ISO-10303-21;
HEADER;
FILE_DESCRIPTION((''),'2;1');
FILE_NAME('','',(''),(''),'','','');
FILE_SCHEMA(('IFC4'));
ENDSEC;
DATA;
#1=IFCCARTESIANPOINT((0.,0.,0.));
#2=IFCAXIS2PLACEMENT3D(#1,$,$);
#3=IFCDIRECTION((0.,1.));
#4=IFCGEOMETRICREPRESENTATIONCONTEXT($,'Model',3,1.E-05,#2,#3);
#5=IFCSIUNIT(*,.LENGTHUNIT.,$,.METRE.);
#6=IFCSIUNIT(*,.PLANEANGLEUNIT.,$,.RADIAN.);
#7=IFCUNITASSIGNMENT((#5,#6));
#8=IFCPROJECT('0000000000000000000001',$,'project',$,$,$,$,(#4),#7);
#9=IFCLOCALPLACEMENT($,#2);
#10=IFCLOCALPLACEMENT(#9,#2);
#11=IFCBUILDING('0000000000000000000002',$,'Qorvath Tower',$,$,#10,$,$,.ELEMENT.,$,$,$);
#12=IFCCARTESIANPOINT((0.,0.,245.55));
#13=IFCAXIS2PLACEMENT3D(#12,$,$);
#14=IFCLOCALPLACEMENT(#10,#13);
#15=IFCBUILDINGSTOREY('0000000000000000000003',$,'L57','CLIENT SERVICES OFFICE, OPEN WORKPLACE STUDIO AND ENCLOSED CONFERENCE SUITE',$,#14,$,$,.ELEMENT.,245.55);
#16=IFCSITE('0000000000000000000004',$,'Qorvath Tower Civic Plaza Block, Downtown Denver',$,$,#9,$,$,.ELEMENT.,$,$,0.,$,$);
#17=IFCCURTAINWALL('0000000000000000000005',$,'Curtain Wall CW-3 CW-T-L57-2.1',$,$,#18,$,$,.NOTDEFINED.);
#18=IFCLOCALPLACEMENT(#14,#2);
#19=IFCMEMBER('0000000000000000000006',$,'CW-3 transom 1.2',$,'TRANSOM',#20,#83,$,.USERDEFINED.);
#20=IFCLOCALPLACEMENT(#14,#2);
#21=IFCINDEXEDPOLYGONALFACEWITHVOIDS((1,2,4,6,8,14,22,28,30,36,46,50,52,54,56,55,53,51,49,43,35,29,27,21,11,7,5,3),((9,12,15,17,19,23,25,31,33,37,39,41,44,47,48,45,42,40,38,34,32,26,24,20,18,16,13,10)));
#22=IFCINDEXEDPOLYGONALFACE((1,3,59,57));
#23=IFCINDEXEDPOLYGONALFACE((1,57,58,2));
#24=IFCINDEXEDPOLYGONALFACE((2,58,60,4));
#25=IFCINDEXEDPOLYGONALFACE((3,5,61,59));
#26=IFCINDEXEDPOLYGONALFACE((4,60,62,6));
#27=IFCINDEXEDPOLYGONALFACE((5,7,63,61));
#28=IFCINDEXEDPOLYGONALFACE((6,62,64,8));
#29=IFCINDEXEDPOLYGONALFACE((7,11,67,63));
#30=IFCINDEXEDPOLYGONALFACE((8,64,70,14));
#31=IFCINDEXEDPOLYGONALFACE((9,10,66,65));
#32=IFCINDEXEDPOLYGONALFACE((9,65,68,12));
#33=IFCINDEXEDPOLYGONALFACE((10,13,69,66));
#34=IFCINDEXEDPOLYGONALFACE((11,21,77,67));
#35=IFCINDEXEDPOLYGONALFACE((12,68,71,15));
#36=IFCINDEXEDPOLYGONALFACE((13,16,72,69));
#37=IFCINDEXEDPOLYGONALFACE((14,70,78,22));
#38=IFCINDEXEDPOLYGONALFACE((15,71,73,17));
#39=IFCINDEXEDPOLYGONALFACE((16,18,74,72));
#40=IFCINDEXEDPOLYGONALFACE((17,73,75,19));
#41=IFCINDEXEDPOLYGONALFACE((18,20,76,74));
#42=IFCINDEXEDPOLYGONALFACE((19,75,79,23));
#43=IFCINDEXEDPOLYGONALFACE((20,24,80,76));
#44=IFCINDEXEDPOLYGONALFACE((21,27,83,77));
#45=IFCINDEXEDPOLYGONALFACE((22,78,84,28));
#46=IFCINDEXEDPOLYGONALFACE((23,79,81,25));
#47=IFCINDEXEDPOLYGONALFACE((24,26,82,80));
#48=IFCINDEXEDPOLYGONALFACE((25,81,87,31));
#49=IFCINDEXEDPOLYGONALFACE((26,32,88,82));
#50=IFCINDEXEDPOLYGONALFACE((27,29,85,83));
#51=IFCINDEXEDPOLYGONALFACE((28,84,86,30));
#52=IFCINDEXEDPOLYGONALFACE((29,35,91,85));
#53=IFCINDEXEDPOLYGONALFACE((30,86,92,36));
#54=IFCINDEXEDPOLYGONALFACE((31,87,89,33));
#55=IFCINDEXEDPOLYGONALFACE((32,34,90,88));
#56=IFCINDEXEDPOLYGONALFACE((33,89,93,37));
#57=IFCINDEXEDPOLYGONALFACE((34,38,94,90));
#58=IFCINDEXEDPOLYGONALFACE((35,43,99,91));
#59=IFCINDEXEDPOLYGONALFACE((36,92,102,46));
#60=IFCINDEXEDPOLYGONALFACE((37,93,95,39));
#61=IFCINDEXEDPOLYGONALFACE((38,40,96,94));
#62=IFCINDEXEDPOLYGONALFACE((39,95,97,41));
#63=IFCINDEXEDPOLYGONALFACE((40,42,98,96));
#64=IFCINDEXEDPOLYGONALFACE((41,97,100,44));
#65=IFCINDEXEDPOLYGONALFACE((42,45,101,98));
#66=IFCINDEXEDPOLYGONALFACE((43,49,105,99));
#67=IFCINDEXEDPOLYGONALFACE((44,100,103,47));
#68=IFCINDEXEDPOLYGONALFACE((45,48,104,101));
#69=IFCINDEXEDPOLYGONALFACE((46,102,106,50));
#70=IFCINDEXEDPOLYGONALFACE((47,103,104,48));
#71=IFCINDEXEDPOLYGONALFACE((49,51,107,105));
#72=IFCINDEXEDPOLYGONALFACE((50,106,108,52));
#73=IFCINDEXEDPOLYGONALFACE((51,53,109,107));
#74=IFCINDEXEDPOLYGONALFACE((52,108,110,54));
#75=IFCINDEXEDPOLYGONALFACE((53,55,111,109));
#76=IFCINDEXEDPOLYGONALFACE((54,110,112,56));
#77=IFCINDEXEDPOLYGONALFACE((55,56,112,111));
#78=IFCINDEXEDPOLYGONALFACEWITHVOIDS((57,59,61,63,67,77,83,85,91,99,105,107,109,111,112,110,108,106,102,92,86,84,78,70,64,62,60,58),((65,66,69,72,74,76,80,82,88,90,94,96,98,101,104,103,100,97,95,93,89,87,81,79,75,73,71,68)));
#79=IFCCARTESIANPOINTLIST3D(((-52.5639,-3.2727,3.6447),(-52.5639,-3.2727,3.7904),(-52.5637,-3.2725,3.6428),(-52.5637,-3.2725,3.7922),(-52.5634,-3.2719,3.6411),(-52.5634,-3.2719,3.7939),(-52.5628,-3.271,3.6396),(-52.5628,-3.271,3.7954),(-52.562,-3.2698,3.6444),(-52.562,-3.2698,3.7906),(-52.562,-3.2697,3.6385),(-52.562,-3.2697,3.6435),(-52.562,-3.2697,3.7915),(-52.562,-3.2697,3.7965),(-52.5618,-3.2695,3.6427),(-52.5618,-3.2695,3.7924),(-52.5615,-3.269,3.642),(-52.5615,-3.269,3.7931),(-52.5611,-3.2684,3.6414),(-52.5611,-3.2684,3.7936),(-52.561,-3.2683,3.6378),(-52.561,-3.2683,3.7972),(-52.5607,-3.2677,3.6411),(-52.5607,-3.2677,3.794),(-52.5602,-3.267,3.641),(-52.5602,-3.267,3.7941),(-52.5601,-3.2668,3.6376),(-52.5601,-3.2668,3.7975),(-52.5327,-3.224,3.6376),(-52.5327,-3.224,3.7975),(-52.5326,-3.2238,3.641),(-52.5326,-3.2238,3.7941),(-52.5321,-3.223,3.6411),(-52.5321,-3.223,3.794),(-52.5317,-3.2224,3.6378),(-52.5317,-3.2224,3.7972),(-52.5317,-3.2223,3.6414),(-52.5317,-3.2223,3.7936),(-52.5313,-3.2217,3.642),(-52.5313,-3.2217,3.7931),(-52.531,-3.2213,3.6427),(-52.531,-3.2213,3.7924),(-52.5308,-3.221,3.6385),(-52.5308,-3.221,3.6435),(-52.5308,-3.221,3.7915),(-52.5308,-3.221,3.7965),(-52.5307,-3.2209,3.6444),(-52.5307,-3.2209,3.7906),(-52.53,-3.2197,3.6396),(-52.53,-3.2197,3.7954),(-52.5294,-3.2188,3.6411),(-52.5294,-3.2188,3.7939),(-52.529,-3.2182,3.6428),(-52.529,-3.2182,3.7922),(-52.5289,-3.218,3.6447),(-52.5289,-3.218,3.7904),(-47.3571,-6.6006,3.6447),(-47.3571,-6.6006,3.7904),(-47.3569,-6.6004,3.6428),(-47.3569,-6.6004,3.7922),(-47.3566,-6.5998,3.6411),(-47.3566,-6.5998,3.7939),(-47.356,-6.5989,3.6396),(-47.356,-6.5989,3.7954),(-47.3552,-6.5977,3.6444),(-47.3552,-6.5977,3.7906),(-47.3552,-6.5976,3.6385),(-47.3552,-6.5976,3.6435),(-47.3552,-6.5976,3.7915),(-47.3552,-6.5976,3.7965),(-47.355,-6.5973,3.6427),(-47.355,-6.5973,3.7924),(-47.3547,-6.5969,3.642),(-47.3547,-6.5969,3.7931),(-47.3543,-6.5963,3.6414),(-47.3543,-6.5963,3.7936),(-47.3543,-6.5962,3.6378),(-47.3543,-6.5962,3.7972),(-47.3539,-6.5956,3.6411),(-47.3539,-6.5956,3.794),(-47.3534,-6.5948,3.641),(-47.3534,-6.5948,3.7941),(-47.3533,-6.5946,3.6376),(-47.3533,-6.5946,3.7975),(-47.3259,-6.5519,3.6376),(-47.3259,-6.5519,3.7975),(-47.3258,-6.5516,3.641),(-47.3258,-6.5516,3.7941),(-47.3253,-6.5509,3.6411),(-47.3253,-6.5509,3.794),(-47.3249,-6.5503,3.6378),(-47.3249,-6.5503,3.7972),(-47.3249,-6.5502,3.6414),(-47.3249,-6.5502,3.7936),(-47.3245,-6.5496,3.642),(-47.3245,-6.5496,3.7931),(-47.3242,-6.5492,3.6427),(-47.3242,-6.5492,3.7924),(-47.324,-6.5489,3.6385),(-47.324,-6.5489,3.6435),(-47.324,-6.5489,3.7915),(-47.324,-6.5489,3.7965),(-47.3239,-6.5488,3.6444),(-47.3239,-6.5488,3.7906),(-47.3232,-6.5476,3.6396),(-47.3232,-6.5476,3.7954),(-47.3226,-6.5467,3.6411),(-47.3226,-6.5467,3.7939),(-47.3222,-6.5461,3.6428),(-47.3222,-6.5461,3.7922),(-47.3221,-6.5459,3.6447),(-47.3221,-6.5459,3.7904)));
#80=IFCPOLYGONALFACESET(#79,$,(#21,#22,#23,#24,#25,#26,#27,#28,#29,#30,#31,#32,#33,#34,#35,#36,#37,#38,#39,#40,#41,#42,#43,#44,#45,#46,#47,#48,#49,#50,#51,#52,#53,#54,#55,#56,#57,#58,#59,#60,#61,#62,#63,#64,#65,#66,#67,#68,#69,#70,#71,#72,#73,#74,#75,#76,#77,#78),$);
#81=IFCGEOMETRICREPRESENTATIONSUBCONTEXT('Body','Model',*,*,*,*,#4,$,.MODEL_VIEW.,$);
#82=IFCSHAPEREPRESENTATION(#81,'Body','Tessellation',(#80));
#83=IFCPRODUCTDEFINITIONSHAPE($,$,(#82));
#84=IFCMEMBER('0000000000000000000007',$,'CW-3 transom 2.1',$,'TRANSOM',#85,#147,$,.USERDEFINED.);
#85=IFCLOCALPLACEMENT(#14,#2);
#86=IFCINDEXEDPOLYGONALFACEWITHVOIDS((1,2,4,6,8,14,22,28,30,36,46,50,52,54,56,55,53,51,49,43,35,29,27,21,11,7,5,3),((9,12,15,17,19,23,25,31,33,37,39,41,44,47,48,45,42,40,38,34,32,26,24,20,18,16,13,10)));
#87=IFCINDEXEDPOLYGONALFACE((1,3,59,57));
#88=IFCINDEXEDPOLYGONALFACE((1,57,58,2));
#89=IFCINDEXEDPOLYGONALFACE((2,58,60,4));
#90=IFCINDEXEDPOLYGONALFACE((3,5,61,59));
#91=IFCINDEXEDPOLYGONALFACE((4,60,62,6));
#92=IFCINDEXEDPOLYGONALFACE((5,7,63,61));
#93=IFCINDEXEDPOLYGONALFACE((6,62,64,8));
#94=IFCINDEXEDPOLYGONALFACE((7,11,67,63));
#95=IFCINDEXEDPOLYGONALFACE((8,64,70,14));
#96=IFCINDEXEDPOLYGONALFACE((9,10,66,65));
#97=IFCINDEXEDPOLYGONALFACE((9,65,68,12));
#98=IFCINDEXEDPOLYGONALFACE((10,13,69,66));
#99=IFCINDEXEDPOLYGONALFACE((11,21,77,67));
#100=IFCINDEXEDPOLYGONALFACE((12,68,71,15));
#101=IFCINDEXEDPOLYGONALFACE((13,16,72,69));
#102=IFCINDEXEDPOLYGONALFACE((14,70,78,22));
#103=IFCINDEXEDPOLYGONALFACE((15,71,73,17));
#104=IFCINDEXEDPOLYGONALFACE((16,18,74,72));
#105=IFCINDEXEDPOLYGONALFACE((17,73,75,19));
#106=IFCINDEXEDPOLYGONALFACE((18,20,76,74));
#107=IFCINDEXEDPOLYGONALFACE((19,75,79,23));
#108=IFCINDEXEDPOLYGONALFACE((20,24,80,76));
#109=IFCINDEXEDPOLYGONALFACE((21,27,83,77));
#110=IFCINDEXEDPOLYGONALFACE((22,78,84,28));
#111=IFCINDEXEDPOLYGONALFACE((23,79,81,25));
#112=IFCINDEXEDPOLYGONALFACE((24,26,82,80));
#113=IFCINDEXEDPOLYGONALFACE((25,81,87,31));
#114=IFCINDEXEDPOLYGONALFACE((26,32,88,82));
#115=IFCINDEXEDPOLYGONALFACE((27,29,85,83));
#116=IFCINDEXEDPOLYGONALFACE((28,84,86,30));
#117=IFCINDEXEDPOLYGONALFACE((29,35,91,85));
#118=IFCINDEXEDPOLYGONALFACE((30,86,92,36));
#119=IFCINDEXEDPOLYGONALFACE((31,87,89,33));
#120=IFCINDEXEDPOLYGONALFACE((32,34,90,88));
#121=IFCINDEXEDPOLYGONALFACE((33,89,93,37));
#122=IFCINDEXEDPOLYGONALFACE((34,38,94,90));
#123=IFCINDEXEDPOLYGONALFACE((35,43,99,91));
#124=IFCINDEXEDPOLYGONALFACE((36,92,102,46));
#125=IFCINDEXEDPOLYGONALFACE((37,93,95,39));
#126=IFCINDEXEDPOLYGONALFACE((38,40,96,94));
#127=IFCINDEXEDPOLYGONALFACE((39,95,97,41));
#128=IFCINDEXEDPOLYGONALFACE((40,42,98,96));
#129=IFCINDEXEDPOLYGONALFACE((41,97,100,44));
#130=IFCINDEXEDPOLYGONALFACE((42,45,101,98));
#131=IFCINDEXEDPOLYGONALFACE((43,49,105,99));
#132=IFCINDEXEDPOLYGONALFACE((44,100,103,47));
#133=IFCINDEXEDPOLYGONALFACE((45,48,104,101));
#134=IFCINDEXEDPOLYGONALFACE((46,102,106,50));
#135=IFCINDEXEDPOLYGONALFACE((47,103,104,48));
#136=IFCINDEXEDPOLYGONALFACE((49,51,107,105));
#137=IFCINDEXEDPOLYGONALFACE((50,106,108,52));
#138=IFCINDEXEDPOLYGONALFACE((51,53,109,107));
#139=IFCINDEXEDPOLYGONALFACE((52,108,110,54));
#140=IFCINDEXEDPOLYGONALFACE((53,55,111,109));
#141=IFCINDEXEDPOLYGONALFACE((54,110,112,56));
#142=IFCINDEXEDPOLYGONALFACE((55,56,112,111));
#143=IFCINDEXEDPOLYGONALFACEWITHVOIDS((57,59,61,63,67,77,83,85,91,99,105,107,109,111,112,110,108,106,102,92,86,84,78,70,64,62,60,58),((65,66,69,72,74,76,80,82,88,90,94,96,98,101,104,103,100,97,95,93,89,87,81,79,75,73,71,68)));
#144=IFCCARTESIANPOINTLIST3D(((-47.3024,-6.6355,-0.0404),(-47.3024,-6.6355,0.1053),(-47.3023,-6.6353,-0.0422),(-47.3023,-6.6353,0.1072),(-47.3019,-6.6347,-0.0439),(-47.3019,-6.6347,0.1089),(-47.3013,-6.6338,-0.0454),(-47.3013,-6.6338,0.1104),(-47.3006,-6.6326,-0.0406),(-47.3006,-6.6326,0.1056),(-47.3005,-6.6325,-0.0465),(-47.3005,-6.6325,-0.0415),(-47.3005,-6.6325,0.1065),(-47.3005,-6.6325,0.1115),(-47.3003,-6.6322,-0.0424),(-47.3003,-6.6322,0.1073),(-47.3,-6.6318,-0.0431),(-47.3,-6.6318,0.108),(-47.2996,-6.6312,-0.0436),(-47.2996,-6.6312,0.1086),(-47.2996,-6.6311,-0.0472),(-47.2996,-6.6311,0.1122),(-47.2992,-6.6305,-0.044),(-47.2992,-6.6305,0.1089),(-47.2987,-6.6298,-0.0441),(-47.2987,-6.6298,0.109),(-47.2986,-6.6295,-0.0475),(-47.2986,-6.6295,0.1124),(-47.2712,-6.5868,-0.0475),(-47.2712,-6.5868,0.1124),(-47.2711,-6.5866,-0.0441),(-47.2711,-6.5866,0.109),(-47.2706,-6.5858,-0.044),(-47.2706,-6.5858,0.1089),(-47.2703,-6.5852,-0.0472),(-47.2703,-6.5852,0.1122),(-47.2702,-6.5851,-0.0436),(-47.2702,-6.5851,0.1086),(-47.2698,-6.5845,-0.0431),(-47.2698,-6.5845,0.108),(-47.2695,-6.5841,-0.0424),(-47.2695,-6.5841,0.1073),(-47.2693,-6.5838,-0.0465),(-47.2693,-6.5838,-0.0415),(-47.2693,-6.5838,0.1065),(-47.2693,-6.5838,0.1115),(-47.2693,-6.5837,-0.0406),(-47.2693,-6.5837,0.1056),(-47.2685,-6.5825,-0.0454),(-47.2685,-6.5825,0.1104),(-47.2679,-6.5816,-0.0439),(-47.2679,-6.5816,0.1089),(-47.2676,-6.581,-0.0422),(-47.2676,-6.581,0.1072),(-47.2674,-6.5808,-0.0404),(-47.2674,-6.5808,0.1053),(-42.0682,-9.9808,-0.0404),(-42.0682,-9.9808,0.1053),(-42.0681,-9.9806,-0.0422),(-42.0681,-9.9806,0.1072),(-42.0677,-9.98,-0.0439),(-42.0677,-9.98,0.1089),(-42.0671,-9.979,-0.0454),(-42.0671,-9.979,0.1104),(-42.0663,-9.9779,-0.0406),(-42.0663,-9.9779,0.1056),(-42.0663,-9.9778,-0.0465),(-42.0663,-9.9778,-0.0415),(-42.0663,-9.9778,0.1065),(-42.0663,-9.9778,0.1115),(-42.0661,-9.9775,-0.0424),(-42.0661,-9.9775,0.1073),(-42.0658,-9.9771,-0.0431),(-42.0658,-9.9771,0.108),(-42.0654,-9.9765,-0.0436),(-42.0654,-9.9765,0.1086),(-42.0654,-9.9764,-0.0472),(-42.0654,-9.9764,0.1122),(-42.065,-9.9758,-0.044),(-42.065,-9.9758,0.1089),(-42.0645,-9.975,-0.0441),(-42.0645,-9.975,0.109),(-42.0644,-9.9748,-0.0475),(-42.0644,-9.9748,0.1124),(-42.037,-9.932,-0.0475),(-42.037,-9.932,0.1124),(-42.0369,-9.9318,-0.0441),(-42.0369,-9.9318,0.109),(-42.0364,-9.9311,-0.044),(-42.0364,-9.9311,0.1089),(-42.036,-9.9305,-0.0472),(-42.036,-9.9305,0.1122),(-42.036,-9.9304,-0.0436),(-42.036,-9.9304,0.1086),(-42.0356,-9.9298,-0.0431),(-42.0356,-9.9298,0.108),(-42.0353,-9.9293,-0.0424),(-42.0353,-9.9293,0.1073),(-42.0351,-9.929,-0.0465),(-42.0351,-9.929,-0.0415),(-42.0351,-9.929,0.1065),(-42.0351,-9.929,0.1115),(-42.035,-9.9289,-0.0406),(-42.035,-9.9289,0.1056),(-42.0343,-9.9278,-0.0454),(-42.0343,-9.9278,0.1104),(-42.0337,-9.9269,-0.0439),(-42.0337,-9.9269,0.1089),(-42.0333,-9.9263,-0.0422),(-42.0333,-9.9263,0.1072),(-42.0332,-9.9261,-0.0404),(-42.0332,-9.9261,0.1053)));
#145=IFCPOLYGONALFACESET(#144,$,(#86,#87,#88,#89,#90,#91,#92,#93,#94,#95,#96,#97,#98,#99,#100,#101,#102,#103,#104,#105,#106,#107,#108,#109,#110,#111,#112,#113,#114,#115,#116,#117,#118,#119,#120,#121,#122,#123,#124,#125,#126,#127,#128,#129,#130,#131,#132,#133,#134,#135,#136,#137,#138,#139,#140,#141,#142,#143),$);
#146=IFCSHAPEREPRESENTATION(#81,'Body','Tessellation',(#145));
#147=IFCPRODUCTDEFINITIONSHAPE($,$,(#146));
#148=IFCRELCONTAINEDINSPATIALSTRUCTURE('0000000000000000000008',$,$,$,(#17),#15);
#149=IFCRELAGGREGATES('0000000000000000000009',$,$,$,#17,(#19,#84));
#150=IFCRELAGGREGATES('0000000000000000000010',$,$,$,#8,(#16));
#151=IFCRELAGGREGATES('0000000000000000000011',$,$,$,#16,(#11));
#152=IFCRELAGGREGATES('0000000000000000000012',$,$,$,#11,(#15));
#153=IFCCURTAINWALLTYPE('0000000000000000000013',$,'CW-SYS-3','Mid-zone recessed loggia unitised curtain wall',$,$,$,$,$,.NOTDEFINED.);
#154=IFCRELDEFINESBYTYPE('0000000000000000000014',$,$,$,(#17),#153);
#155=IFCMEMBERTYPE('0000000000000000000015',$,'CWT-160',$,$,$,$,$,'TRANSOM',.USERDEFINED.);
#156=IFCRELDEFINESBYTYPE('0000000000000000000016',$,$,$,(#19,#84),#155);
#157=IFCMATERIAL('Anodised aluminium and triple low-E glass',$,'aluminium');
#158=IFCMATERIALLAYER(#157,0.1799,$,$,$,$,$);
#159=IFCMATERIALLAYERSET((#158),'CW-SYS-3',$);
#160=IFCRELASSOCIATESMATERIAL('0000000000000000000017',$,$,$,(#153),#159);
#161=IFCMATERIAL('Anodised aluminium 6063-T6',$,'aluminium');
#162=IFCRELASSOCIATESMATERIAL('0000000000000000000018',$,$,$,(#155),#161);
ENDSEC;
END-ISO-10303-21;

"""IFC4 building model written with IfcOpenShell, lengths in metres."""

from ifc_helpers import new_model, si_unit, direction, frame, origin, origin_2d, place, context, subcontext, project, spatial, hollow_rectangle, extrude, material, layer, layer_set, material_profile, profile_set, type_object, element, aggregate, save


model = new_model("IFC4")

# Units and contexts
model_context = context("Model", 3, precision=1e-05, world=origin(), true_north=direction((0.0, 1.0)))
body_context = subcontext(model_context, "Body", "Model", "MODEL_VIEW")
ifc_project = project(units=[si_unit("LENGTHUNIT", "METRE"), si_unit("PLANEANGLEUNIT", "RADIAN")], contexts=[model_context])

# Site, building, storey
site_placement = place(None, origin())
site = spatial("IfcSite", under=ifc_project, at=site_placement, Name="Qorvath Tower Civic Plaza Block, Downtown Denver", CompositionType="ELEMENT", RefElevation=0.0)
building_placement = place(site_placement, origin())
building = spatial("IfcBuilding", under=site, at=building_placement, Name="Qorvath Tower", CompositionType="ELEMENT")
storey_placement = place(building_placement, frame((0.0, 0.0, 245.55)))
storey = spatial("IfcBuildingStorey", under=building, at=storey_placement, Name="L57", Description="CLIENT SERVICES OFFICE, OPEN WORKPLACE STUDIO AND ENCLOSED CONFERENCE SUITE", CompositionType="ELEMENT", Elevation=245.55)

# Curtain wall
ifc_material_1 = material(Name="Anodised aluminium and triple low-E glass", Category="aluminium")
ifc_layer_1 = layer(ifc_material_1, 0.1799)
ifc_layer_set_1 = layer_set([ifc_layer_1], Name="CW-SYS-3")
curtain_wall_type = type_object("IfcCurtainWallType", Name="CW-SYS-3", Description="Mid-zone recessed loggia unitised curtain wall", PredefinedType="NOTDEFINED", material=ifc_layer_set_1)
curtain_wall_1_placement = place(storey_placement, origin())
curtain_wall_1 = element("IfcCurtainWall", 1, at=curtain_wall_1_placement, inside=storey, type_object=curtain_wall_type, Name="Curtain Wall CW-3 CW-T-L57-2.1", PredefinedType="NOTDEFINED")

# Members
ifc_material_2 = material(Name="Anodised aluminium 6063-T6", Category="aluminium")
ifc_material_profile_1 = material_profile(ifc_material_2, hollow_rectangle(XDim=0.0649, YDim=0.1599, WallThickness=0.0034, InnerFilletRadius=0.0034, OuterFilletRadius=0.0071, at=origin_2d()), Name="CWT 160x65")
ifc_profile_set_1 = profile_set([ifc_material_profile_1], Name="Anodised aluminium 6063-T6")
member_type_1 = type_object("IfcMemberType", Name="CWT-160", ElementType="TRANSOM", PredefinedType="USERDEFINED", material=ifc_profile_set_1)
member_1_placement = place(storey_placement, frame((-52.5464, -3.2454, 3.7175), z_axis=(0.842599, -0.538541, 0.0), x_axis=(0.538541, 0.842599, 0.0)))
member_1 = element("IfcMember", 2, at=member_1_placement, type_object=member_type_1, Name="CW-3 transom 1.2", ObjectType="TRANSOM", PredefinedType="USERDEFINED", context=body_context, shape_type="SweptSolid", body=[
    extrude(hollow_rectangle(XDim=0.0649, YDim=0.1599, WallThickness=0.0034, InnerFilletRadius=0.0034, OuterFilletRadius=0.0071, at=origin_2d()), origin(), (0.0, 0.0, 1.0), 6.1794),
])
member_2_placement = place(storey_placement, frame((-47.2849, -6.6082, 0.0325), z_axis=(0.84261, -0.538525, 0.0), x_axis=(0.538525, 0.84261, 0.0)))
member_2 = element("IfcMember", 3, at=member_2_placement, type_object=member_type_1, Name="CW-3 transom 2.1", ObjectType="TRANSOM", PredefinedType="USERDEFINED", context=body_context, shape_type="SweptSolid", body=[
    extrude(hollow_rectangle(XDim=0.0649, YDim=0.1599, WallThickness=0.0034, InnerFilletRadius=0.0034, OuterFilletRadius=0.0071, at=origin_2d()), origin(), (0.0, 0.0, 1.0), 6.2119),
])

aggregate(curtain_wall_1, [member_1, member_2])

save(model, "model.ifc")
